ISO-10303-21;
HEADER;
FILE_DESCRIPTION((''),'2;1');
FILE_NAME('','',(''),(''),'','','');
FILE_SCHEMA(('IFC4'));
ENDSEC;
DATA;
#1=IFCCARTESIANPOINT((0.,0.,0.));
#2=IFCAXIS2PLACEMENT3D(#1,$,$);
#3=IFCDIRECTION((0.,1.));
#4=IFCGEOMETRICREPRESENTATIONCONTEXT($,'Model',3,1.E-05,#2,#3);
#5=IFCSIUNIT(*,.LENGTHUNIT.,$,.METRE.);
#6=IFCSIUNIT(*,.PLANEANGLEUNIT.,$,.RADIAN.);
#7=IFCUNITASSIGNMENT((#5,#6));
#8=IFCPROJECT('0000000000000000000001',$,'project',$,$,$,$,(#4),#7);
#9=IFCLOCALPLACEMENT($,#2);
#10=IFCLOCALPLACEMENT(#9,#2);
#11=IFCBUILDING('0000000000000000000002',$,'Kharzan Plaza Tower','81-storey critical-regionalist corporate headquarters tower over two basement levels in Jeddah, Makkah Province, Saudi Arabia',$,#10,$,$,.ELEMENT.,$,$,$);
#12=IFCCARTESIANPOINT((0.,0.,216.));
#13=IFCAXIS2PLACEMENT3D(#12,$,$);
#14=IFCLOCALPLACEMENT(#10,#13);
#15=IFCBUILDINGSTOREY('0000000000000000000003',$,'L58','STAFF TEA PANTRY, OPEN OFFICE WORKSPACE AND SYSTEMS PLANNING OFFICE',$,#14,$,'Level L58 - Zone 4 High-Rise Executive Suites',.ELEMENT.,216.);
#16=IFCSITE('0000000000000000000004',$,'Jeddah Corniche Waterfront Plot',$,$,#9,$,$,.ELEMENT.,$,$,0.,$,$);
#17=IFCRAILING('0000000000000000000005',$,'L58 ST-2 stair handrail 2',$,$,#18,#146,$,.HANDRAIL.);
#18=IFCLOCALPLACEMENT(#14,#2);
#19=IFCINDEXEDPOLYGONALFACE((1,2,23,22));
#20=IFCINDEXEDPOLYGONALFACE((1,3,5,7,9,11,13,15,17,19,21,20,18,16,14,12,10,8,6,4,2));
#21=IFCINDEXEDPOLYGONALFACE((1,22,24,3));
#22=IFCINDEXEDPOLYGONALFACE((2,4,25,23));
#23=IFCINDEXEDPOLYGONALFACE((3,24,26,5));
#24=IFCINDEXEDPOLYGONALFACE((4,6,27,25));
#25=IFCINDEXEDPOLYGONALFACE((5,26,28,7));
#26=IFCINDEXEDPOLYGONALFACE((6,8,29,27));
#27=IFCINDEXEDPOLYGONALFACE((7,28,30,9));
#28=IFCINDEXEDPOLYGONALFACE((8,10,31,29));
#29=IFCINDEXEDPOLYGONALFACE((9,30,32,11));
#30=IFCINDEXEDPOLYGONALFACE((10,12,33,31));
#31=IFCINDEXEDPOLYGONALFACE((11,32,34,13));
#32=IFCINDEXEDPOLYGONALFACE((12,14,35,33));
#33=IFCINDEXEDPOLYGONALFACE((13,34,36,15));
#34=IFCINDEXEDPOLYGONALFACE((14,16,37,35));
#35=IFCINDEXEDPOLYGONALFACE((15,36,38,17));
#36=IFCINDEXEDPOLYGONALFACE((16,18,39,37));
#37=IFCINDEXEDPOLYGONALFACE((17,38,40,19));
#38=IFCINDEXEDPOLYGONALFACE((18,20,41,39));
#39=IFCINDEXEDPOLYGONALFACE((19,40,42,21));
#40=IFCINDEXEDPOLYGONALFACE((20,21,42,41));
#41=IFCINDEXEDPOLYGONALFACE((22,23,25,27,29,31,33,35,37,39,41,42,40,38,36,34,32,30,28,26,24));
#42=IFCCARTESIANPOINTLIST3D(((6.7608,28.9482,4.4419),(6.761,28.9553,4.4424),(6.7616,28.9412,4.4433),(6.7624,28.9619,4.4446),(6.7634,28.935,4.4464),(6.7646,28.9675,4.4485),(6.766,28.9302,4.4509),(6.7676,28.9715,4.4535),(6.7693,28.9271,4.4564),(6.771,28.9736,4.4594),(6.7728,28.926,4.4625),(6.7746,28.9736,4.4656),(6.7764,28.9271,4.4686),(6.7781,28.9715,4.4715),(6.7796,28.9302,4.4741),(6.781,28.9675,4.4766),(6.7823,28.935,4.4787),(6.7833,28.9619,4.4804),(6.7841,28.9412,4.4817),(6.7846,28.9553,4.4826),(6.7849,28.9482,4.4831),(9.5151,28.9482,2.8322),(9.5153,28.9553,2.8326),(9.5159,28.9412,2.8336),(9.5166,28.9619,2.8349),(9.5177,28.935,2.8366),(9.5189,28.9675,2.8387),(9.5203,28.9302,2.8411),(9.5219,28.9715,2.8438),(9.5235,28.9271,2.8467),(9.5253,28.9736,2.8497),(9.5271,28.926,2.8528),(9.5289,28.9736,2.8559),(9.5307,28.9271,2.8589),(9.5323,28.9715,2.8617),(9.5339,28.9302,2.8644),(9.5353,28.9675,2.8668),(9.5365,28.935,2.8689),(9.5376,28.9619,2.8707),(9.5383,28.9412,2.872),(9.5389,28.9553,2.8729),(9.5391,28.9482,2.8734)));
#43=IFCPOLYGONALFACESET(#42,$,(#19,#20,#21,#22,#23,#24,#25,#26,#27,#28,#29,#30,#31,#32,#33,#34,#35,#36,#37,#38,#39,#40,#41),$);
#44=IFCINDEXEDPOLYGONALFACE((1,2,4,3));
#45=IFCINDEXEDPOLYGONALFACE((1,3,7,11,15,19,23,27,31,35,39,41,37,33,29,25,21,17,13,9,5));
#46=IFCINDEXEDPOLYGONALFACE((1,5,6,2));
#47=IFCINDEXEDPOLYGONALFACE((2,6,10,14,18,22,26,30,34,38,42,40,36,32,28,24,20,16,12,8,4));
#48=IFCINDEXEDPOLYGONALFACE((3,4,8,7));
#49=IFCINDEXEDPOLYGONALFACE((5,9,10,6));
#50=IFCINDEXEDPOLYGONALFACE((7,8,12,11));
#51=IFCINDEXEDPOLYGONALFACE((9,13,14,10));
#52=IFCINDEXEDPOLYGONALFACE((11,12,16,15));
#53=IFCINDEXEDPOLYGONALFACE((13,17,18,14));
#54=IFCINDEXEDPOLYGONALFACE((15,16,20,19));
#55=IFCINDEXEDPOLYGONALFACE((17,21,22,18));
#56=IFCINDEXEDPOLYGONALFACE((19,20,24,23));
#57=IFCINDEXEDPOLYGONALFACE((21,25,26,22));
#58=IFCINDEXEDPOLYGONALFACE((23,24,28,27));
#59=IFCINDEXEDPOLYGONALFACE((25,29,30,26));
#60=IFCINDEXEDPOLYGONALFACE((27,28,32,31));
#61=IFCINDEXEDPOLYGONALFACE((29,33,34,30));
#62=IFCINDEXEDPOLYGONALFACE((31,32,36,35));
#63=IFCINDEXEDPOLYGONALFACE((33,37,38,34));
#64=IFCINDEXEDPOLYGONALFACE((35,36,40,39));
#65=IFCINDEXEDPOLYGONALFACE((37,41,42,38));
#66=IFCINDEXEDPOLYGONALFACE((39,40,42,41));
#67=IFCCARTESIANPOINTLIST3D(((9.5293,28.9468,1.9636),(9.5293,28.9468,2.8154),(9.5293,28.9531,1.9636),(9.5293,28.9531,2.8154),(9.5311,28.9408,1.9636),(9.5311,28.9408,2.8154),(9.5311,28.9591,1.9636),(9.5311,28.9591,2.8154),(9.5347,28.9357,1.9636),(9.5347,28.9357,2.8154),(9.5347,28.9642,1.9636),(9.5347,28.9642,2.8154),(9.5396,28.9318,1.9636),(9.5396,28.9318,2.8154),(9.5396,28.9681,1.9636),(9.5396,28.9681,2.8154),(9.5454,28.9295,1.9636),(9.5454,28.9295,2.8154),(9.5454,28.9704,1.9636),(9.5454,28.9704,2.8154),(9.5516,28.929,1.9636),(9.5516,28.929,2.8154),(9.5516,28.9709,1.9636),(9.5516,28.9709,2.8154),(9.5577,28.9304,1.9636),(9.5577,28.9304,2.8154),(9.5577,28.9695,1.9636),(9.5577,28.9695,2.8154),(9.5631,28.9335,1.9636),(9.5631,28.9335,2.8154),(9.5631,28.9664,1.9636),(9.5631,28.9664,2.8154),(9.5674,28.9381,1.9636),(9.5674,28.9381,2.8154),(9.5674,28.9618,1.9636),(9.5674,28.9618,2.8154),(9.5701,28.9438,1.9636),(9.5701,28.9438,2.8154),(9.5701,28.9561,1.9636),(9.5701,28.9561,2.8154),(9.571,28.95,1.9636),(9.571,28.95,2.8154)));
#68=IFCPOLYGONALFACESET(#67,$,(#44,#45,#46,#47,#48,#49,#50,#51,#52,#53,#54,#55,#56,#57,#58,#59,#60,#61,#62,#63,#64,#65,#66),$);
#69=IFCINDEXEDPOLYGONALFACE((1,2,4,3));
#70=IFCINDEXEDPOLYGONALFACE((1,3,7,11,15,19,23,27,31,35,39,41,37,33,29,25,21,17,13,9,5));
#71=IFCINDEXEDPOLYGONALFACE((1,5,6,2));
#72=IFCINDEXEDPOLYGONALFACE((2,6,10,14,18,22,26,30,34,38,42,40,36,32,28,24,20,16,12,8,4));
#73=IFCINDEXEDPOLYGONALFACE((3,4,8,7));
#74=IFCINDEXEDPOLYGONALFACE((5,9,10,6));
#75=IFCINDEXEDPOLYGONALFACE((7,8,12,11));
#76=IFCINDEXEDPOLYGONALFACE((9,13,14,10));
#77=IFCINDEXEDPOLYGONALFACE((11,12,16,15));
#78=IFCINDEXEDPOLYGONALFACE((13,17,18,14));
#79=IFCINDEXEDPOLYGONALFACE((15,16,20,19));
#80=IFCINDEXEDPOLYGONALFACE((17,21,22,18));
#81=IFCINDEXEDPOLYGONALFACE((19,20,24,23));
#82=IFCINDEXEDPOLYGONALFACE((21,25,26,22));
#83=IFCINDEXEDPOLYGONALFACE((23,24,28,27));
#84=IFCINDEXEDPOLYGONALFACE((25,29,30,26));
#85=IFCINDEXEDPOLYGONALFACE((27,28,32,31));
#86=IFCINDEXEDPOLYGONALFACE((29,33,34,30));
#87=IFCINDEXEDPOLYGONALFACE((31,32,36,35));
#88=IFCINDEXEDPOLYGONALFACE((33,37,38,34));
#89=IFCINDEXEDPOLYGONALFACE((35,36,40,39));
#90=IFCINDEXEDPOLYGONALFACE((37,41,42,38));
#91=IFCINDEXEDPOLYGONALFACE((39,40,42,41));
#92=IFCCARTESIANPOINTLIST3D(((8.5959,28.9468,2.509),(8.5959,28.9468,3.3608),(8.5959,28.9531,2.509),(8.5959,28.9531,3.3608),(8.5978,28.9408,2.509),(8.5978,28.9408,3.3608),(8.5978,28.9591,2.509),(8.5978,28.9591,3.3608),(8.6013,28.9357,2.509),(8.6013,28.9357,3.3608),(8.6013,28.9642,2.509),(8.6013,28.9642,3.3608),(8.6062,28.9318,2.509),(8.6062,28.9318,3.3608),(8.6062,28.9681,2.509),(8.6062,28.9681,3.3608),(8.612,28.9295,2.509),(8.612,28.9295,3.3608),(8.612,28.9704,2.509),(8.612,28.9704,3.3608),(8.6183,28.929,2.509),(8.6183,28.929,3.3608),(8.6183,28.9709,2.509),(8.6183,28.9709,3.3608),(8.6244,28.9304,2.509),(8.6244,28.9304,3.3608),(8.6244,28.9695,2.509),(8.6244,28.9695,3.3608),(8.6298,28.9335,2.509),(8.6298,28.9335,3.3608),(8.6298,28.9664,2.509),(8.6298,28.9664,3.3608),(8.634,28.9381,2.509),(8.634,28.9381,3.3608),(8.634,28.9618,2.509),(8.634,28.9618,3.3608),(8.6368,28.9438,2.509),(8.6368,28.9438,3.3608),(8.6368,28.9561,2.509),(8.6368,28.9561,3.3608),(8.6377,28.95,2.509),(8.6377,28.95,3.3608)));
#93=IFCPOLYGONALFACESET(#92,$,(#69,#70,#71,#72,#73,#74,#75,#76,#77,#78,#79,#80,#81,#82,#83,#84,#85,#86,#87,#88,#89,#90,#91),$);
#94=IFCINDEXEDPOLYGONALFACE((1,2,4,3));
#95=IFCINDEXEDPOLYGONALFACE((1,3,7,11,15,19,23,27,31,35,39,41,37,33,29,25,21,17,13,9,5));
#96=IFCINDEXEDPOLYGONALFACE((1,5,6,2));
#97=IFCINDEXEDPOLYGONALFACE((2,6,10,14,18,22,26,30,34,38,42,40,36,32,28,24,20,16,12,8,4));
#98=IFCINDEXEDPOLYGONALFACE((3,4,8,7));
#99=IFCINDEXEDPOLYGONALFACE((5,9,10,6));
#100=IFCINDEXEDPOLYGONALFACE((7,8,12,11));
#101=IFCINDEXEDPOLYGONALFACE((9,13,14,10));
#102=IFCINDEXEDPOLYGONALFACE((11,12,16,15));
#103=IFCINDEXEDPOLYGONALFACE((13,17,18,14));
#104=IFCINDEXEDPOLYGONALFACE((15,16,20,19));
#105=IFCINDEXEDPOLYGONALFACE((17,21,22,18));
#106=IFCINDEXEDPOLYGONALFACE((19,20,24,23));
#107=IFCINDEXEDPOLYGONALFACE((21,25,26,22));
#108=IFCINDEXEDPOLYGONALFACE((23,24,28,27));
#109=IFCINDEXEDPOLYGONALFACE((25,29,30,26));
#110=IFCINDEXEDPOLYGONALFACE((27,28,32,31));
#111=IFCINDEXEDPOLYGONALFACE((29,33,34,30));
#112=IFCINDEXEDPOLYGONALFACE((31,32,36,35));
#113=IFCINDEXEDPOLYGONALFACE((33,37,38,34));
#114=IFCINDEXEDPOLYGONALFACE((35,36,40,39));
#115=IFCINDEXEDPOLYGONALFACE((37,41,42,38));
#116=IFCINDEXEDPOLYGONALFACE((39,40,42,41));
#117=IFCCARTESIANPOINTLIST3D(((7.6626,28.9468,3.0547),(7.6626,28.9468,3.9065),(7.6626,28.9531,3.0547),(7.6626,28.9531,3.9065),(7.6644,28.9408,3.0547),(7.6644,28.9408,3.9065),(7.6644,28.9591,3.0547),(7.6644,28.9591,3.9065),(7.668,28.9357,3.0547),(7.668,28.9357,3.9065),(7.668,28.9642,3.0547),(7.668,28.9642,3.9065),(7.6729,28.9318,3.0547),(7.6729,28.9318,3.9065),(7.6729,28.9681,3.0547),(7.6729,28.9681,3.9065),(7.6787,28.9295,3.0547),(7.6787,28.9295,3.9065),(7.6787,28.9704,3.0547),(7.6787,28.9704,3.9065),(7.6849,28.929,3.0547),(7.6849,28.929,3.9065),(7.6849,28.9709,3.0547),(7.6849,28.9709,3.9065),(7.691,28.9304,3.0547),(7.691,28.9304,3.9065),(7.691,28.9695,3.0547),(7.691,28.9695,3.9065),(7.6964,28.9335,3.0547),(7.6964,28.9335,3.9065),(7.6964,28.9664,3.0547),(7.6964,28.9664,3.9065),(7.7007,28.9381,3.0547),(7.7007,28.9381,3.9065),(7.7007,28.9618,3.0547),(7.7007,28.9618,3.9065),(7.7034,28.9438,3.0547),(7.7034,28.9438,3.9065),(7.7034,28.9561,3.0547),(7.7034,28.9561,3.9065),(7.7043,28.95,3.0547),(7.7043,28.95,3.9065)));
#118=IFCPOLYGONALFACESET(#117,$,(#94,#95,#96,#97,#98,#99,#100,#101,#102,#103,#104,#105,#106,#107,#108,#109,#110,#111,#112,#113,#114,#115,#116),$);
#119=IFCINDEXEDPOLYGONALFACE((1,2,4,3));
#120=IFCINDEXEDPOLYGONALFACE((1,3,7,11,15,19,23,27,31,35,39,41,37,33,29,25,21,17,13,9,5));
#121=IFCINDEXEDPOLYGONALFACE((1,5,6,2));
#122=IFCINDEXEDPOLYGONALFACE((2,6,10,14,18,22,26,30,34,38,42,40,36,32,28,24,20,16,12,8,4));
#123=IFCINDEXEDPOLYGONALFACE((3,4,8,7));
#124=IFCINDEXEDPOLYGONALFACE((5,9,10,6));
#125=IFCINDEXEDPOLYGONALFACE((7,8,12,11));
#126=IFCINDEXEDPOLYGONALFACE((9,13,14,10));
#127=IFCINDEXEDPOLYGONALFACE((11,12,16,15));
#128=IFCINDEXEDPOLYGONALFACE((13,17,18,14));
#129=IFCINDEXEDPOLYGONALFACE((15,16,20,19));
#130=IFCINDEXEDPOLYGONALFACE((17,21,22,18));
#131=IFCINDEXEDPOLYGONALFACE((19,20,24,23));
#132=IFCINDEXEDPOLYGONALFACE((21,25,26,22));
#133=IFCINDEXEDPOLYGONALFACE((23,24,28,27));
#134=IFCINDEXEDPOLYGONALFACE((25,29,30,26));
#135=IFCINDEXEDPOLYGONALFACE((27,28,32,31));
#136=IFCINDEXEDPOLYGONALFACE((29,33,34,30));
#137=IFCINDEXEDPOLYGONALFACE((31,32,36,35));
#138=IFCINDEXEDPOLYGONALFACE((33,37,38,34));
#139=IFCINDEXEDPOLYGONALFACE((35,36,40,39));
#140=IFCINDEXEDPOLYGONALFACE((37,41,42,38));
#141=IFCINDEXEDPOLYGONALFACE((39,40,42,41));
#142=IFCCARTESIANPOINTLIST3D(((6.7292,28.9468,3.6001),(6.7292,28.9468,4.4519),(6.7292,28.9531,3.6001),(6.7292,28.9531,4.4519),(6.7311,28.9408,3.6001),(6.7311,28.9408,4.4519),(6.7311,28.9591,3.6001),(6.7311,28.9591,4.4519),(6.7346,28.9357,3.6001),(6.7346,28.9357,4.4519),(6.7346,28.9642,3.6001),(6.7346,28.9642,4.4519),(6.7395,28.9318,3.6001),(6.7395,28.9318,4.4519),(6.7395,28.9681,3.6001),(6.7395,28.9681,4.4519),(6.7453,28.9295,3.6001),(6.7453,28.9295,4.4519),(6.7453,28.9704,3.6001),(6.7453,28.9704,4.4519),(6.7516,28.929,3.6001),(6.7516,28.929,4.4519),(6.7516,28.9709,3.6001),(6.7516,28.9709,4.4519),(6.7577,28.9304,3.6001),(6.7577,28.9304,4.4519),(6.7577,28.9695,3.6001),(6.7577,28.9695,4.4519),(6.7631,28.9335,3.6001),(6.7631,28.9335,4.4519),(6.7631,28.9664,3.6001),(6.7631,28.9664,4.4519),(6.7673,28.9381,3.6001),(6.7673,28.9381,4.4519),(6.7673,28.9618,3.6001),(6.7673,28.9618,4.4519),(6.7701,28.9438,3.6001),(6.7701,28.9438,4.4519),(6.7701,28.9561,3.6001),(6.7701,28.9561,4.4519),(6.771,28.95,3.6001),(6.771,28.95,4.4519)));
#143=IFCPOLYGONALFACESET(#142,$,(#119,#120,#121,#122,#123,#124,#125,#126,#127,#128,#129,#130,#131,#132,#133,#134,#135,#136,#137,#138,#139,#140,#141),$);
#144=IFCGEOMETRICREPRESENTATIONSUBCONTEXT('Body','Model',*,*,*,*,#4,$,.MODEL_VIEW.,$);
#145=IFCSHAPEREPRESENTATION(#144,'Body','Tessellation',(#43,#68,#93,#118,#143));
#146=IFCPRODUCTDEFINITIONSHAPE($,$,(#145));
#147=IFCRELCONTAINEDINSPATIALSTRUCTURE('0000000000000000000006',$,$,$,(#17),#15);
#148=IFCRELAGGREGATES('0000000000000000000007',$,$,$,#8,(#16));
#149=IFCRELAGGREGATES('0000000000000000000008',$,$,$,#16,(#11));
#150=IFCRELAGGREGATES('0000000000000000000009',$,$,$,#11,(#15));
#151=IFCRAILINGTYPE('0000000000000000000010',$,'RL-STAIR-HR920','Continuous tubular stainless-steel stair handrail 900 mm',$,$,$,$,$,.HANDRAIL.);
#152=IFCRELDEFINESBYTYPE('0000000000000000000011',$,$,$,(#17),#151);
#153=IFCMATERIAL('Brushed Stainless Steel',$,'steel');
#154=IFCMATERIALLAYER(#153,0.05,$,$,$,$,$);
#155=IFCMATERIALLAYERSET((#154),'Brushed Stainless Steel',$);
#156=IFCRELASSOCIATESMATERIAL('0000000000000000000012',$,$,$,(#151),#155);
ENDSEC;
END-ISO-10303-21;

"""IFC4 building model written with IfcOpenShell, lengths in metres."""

from ifc_helpers import new_model, si_unit, direction, frame, origin, origin_2d, place, context, subcontext, project, spatial, circle, extrude, source, transform, mapped, material, layer, layer_set, type_object, element, save


model = new_model("IFC4")

# Units and contexts
model_context = context("Model", 3, precision=1e-05, world=origin(), true_north=direction((0.0, 1.0)))
body_context = subcontext(model_context, "Body", "Model", "MODEL_VIEW")
ifc_project = project(units=[si_unit("LENGTHUNIT", "METRE"), si_unit("PLANEANGLEUNIT", "RADIAN")], contexts=[model_context])

# Site, building, storey
site_placement = place(None, origin())
site = spatial("IfcSite", under=ifc_project, at=site_placement, Name="Jeddah Corniche Waterfront Plot", CompositionType="ELEMENT", RefElevation=0.0)
building_placement = place(site_placement, origin())
building = spatial("IfcBuilding", under=site, at=building_placement, Name="Kharzan Plaza Tower", Description="81-storey critical-regionalist corporate headquarters tower over two basement levels in Jeddah, Makkah Province, Saudi Arabia", CompositionType="ELEMENT")
storey_placement = place(building_placement, frame((0.0, 0.0, 216.0)))
storey = spatial("IfcBuildingStorey", under=building, at=storey_placement, Name="L58", Description="STAFF TEA PANTRY, OPEN OFFICE WORKSPACE AND SYSTEMS PLANNING OFFICE", LongName="Level L58 - Zone 4 High-Rise Executive Suites", CompositionType="ELEMENT", Elevation=216.0)

# Railing
ifc_material_1 = material(Name="Brushed Stainless Steel", Category="steel")
ifc_layer_1 = layer(ifc_material_1, 0.05)
ifc_layer_set_1 = layer_set([ifc_layer_1], Name="Brushed Stainless Steel")
railing_type_1 = type_object("IfcRailingType", Name="RL-STAIR-HR920", Description="Continuous tubular stainless-steel stair handrail 900 mm", PredefinedType="HANDRAIL", material=ifc_layer_set_1)
shared_shape_1 = source(origin(), body_context, "Body", "SweptSolid", [
    extrude(circle(Radius=0.0239, at=origin_2d()), frame((-0.0229, 0.0, 0.8892), z_axis=(-0.863361, 0.0, 0.504587), x_axis=(0.0, -1.0, 0.0)), (0.0, 0.0, 1.0), 3.1902),
    extrude(circle(Radius=0.021, at=origin_2d()), origin(), (0.0, 0.0, 1.0), 0.8518),
    extrude(circle(Radius=0.021, at=origin_2d()), frame((-0.9333, 0.0, 0.5454)), (0.0, 0.0, 1.0), 0.8518),
    extrude(circle(Radius=0.021, at=origin_2d()), frame((-1.8667, 0.0, 1.0911)), (0.0, 0.0, 1.0), 0.8518),
    extrude(circle(Radius=0.021, at=origin_2d()), frame((-2.8, 0.0, 1.6365)), (0.0, 0.0, 1.0), 0.8518),
])
railing_1_placement = place(storey_placement, frame((9.55, 28.95, 1.9636)))
element("IfcRailing", 1, at=railing_1_placement, inside=storey, type_object=railing_type_1, Name="L58 ST-2 stair handrail 2", PredefinedType="HANDRAIL", context=body_context, shape_type="MappedRepresentation", body=[
    mapped(shared_shape_1, transform((0.0, 0.0, 0.0), x_axis=(1.0, 0.0, 0.0), y_axis=(0.0, 1.0, 0.0), z_axis=(0.0, 0.0, 1.0))),
])

save(model, "model.ifc")
